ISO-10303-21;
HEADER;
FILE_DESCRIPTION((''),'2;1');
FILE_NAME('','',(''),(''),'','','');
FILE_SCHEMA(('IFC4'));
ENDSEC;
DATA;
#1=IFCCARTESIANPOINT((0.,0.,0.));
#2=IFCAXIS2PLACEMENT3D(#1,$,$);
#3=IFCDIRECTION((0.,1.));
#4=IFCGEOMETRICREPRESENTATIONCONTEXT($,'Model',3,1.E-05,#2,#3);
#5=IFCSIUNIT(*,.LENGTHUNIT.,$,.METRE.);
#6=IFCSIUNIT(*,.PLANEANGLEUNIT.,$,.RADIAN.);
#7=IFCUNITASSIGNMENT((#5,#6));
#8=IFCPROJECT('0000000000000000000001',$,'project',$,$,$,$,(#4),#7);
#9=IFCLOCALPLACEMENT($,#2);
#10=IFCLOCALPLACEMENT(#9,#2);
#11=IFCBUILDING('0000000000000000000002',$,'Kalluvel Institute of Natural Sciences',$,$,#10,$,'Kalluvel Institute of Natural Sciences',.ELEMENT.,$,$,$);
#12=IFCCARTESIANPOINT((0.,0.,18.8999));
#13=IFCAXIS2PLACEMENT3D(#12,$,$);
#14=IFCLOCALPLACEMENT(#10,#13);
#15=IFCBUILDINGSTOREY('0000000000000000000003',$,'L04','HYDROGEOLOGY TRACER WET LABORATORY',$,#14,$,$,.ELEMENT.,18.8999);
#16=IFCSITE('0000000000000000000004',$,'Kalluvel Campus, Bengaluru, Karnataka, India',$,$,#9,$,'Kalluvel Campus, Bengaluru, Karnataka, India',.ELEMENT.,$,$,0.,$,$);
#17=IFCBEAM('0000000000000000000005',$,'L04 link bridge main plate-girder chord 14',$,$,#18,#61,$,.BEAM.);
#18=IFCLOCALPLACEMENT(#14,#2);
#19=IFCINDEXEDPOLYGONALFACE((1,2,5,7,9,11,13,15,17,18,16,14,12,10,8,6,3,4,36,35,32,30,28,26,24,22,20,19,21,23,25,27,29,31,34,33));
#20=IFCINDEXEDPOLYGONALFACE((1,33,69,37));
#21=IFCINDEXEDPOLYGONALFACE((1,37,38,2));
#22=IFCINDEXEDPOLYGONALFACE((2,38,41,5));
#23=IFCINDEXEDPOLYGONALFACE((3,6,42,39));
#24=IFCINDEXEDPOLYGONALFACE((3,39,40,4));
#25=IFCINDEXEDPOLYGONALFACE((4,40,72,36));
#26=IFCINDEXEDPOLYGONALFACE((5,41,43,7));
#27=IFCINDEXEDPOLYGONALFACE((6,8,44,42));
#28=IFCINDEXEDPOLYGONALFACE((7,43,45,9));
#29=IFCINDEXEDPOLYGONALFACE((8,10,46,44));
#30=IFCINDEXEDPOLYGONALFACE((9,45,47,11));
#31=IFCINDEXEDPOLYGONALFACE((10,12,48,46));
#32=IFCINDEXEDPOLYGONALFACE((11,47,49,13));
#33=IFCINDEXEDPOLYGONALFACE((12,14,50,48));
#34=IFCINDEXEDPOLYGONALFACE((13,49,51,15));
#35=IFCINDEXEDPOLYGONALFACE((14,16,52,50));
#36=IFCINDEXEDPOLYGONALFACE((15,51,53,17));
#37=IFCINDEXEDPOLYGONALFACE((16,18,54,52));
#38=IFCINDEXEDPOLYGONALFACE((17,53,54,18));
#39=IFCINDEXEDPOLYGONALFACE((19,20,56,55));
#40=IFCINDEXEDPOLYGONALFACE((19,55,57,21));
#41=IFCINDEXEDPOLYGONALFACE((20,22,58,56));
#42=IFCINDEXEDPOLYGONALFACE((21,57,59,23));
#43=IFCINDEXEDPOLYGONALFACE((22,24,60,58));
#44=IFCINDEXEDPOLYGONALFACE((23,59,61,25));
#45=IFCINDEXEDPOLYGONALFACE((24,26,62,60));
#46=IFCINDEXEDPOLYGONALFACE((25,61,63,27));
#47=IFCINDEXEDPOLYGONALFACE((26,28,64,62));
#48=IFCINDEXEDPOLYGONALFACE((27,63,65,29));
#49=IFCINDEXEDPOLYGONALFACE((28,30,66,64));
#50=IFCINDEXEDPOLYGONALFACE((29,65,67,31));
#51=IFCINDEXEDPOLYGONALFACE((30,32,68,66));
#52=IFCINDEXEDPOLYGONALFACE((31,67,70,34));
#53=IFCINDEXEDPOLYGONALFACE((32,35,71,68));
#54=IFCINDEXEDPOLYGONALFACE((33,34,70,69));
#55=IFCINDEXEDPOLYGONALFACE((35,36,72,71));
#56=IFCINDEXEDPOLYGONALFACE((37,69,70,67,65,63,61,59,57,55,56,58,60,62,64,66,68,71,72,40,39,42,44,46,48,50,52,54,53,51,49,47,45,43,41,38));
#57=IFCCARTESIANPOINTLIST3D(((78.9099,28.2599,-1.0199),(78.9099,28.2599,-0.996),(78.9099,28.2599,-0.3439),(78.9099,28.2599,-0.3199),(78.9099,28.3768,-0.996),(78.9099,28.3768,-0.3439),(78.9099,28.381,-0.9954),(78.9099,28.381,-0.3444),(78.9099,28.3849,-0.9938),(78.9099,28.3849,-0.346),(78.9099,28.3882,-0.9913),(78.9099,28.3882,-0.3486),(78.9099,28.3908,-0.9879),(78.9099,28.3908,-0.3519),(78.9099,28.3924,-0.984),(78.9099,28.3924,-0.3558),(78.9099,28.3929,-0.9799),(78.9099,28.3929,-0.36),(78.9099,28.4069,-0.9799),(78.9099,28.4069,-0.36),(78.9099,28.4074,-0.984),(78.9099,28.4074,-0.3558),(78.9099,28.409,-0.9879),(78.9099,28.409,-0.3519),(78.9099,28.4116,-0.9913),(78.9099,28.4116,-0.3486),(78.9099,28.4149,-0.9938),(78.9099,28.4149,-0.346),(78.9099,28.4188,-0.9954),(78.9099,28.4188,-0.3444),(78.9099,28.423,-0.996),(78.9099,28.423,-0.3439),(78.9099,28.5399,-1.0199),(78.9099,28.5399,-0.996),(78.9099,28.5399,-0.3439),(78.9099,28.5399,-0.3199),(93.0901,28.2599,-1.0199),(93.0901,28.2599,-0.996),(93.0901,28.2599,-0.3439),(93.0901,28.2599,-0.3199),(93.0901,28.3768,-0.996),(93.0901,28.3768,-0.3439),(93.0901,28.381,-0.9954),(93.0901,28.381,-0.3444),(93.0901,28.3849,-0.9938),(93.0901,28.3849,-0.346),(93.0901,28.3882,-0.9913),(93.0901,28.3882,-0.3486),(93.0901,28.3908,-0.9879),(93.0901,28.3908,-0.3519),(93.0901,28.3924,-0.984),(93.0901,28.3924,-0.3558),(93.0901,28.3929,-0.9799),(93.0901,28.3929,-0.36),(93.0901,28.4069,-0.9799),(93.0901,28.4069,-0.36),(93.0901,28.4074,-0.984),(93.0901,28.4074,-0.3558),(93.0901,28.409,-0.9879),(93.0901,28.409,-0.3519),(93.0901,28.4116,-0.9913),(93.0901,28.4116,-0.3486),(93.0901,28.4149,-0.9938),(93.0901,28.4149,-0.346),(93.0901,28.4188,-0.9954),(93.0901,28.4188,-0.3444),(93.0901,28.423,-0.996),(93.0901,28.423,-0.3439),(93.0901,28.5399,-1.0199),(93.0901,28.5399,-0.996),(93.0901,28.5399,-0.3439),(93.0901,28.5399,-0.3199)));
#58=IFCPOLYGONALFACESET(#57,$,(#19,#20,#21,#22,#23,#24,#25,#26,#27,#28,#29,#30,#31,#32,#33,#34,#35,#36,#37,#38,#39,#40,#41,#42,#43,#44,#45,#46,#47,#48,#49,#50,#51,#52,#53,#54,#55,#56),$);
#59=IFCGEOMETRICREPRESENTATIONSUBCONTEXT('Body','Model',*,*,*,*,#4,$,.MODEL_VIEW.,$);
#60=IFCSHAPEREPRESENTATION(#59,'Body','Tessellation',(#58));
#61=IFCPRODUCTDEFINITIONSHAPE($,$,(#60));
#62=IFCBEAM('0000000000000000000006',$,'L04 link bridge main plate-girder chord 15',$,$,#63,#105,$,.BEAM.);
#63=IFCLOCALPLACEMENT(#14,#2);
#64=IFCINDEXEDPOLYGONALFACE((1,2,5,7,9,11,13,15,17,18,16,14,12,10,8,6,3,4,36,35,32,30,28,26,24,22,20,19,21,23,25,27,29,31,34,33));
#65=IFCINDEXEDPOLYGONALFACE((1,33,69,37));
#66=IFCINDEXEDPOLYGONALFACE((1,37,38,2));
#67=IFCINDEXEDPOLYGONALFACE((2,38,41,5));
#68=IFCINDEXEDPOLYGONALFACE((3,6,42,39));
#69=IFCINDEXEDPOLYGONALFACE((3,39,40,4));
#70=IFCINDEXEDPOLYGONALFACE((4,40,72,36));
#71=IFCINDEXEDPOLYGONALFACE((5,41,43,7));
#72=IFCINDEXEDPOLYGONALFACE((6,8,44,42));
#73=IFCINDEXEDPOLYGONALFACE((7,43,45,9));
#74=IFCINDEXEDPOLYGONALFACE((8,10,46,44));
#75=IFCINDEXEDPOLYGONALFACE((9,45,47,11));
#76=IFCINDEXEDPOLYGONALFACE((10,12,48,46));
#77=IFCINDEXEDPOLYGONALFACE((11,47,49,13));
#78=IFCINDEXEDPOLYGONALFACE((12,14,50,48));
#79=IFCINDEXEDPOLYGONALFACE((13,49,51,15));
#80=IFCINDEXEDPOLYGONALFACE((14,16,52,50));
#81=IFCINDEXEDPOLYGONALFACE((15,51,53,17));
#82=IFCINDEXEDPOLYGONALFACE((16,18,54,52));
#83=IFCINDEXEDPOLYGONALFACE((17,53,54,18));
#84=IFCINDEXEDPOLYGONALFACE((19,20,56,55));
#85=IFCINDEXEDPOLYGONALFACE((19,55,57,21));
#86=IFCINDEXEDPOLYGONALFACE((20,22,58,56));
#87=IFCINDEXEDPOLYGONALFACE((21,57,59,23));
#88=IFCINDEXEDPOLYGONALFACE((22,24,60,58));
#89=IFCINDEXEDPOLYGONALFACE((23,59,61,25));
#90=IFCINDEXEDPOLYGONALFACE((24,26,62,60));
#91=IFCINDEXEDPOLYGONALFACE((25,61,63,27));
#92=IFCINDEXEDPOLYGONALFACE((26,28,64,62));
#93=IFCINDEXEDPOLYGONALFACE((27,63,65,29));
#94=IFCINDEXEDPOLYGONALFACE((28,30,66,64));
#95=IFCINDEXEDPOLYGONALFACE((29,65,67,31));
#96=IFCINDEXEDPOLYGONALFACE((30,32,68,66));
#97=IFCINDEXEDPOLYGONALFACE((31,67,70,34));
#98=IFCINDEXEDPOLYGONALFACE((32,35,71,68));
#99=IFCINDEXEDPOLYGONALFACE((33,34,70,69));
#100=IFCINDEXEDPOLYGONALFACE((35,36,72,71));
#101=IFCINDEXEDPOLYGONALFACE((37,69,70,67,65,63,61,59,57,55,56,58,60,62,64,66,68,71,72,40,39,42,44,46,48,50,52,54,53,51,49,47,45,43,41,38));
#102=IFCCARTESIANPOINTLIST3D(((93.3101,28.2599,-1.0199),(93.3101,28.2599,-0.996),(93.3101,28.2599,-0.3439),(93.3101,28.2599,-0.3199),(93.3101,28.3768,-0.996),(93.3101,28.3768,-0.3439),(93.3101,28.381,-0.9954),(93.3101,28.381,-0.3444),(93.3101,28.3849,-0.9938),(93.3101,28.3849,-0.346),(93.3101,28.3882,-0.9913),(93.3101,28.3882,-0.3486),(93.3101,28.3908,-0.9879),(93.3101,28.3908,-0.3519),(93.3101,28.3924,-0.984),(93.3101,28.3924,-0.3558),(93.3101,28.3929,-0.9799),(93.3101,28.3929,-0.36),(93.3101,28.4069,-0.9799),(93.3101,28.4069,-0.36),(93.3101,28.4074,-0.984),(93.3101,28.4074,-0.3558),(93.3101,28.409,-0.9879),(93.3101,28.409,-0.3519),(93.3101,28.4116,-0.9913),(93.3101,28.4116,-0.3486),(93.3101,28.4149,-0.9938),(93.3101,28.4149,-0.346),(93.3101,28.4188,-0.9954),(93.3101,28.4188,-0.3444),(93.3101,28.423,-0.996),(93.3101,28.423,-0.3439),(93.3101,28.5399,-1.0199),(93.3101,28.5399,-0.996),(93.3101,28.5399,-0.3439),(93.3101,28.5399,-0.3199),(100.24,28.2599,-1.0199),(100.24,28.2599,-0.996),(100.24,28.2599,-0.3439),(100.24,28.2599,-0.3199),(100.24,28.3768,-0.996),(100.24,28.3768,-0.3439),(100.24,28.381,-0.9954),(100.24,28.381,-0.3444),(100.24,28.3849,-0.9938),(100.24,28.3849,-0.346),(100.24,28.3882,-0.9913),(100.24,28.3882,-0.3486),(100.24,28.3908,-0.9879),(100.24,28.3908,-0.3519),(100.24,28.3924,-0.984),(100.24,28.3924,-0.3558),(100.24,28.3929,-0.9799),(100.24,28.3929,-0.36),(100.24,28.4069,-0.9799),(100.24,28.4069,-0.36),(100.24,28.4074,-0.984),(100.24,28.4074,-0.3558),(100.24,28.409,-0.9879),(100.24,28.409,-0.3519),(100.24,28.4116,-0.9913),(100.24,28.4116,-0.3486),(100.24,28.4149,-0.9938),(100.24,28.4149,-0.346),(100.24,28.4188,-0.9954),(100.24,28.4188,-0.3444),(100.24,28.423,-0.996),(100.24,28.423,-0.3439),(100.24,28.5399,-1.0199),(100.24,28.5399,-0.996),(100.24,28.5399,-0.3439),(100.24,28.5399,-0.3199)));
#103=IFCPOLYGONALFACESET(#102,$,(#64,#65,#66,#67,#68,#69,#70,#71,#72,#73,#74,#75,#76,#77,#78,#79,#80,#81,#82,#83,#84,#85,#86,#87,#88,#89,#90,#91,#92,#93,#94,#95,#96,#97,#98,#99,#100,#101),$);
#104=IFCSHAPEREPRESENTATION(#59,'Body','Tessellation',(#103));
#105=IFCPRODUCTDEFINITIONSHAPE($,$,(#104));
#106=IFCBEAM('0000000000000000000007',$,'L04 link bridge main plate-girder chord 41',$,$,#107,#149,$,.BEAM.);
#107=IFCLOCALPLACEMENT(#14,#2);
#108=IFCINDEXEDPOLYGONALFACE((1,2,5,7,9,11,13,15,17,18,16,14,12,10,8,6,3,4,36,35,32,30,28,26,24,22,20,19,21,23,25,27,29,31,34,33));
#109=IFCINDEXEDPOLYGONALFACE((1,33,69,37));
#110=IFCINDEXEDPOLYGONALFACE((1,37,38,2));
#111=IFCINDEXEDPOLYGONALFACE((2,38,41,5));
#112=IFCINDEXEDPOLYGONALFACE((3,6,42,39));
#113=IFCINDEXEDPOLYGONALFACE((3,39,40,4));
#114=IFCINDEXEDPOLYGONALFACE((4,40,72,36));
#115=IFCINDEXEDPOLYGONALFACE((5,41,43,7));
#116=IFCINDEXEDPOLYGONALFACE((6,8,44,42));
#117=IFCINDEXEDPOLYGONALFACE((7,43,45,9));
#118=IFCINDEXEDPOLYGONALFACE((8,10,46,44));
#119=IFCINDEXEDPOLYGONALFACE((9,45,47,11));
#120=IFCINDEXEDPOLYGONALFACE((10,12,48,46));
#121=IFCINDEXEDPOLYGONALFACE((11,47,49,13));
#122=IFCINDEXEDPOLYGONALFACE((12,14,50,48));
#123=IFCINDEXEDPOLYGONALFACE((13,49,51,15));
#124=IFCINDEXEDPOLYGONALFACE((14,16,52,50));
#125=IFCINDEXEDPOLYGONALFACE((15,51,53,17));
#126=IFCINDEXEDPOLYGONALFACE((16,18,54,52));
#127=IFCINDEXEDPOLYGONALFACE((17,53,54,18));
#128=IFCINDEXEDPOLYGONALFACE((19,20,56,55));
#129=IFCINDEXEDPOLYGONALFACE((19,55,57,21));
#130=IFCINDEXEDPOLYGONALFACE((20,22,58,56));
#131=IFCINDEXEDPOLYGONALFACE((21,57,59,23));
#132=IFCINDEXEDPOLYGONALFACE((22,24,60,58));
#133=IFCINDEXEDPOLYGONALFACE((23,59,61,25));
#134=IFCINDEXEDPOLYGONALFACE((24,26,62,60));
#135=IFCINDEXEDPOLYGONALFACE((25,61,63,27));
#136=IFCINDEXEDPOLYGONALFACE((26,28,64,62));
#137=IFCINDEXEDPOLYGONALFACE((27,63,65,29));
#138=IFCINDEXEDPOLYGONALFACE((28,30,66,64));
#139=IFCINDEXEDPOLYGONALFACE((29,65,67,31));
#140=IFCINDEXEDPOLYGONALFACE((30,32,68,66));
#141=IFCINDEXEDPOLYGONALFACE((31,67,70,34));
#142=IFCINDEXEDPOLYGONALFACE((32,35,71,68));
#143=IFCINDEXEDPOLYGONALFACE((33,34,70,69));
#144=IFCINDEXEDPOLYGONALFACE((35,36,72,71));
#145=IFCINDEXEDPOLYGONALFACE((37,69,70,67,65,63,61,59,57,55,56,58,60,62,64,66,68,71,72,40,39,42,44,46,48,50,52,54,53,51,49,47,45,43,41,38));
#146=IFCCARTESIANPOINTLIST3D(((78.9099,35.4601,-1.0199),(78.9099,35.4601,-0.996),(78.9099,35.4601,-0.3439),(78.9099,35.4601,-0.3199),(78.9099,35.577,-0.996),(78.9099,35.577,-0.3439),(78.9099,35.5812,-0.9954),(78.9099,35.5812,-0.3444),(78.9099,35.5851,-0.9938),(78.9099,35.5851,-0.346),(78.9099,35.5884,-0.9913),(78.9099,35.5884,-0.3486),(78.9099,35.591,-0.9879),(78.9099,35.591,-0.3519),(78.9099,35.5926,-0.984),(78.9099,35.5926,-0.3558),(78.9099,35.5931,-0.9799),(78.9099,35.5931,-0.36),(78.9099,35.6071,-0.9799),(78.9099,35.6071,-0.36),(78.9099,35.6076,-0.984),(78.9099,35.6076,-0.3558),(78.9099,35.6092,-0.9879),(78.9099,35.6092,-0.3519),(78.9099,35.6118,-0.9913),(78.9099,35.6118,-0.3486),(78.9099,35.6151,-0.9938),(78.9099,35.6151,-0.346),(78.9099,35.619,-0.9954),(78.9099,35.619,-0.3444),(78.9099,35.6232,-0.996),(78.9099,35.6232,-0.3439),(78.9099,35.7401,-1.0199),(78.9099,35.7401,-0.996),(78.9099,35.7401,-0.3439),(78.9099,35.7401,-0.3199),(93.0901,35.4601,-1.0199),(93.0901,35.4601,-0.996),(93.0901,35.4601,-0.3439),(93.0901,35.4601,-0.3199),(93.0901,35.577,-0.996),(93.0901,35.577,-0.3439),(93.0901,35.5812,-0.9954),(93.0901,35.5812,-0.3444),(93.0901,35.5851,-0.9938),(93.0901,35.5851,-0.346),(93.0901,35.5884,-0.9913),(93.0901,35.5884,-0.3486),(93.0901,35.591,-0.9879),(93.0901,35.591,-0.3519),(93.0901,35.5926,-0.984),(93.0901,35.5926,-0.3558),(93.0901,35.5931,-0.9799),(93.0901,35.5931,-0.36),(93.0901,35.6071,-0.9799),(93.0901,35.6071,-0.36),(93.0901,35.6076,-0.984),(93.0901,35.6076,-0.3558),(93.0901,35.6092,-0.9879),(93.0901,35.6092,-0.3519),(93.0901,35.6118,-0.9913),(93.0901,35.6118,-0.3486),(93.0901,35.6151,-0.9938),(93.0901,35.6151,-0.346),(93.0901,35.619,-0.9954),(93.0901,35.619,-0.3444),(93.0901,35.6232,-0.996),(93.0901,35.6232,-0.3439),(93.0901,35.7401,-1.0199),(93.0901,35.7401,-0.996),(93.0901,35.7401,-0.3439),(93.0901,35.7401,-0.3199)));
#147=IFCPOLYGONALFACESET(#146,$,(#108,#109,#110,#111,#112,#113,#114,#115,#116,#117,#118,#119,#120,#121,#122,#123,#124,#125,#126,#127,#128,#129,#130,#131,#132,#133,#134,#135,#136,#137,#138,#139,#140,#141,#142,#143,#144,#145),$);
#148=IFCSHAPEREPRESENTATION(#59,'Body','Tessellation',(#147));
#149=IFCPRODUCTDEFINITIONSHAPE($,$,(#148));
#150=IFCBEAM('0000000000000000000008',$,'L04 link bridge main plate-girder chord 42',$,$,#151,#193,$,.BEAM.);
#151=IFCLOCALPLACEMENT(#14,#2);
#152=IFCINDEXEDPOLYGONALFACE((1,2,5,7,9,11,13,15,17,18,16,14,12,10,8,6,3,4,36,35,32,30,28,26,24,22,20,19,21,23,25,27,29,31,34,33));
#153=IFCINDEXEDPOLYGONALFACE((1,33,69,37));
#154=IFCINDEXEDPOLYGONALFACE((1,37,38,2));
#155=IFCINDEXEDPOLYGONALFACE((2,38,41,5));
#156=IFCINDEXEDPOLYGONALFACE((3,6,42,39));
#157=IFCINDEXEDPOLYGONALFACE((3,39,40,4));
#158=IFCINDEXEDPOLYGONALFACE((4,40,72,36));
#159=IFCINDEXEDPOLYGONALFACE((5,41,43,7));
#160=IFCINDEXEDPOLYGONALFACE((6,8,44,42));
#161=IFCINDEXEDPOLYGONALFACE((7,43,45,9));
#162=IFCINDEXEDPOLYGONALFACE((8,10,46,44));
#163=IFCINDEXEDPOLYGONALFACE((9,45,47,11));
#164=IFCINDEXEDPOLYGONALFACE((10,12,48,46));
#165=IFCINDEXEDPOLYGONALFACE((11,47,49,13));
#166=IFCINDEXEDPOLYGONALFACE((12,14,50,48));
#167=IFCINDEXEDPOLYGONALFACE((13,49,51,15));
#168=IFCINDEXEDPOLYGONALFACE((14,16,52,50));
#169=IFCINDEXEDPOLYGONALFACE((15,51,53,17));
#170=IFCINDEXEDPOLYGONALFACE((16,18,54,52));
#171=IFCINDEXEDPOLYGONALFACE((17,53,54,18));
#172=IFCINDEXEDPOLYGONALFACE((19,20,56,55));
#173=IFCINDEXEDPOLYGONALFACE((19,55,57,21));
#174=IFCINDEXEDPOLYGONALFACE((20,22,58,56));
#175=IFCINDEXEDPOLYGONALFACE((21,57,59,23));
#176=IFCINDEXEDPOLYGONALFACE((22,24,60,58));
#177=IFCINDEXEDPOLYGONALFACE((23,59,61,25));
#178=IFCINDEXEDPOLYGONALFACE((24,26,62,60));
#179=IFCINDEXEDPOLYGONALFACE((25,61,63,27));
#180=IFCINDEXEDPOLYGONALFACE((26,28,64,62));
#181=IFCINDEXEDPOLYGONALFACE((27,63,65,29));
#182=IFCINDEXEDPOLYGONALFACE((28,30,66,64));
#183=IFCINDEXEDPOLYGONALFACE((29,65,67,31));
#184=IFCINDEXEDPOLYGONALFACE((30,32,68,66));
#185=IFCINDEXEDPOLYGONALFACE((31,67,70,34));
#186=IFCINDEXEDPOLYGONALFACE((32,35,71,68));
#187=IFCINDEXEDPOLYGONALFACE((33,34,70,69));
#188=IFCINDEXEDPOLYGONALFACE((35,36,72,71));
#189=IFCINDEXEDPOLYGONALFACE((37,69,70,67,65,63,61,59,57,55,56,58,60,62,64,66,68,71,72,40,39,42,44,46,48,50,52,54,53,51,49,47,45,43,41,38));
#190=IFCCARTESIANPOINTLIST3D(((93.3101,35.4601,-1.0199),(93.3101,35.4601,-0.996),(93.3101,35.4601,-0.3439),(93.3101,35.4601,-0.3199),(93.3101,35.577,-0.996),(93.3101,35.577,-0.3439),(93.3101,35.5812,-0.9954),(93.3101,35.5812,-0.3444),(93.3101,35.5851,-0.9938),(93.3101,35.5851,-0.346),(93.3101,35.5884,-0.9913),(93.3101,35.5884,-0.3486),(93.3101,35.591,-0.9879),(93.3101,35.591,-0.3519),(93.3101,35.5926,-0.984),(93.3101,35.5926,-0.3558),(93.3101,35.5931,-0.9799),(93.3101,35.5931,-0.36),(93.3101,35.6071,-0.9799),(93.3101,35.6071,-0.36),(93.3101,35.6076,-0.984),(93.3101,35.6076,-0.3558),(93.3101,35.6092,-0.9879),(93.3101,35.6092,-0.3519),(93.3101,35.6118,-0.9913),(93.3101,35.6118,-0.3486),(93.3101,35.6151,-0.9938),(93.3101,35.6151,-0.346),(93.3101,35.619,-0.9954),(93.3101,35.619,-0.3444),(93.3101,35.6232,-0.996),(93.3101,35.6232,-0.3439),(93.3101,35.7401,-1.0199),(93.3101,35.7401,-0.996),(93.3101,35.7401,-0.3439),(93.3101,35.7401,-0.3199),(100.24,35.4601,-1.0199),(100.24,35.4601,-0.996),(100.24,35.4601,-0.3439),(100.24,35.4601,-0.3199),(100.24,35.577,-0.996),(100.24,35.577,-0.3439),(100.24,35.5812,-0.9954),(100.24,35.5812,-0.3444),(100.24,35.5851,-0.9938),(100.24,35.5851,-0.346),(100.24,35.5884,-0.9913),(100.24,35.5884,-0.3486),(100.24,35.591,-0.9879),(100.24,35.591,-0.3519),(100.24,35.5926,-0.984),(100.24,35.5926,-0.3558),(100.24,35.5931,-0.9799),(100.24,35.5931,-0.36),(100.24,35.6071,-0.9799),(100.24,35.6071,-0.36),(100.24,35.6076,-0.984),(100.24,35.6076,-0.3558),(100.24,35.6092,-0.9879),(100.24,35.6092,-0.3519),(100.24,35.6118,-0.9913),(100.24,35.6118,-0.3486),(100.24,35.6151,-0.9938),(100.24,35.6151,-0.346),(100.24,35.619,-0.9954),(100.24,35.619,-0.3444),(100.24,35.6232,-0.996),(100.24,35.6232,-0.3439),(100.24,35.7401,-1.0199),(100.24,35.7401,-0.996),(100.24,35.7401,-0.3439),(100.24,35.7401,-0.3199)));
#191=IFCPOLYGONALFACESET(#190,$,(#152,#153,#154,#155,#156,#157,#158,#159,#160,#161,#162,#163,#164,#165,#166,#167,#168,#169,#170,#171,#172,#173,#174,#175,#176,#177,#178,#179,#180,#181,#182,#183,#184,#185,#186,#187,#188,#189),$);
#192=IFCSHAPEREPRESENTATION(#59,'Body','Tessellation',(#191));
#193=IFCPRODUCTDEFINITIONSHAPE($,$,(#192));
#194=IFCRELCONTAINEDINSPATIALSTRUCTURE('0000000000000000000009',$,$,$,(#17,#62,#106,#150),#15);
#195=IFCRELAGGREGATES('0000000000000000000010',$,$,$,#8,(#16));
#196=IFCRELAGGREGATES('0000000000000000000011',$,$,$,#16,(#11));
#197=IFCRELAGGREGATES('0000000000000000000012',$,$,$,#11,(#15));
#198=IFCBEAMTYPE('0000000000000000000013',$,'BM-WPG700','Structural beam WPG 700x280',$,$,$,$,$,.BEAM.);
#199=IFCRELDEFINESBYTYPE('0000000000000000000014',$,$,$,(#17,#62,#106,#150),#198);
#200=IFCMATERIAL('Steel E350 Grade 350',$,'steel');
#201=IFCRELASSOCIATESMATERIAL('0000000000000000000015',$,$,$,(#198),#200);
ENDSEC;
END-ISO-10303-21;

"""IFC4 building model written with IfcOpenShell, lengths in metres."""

from ifc_helpers import new_model, si_unit, direction, frame, origin, origin_2d, place, context, subcontext, project, spatial, i_section, extrude, material, material_profile, profile_set, type_object, element, save


model = new_model("IFC4")

# Units and contexts
model_context = context("Model", 3, precision=1e-05, world=origin(), true_north=direction((0.0, 1.0)))
body_context = subcontext(model_context, "Body", "Model", "MODEL_VIEW")
ifc_project = project(units=[si_unit("LENGTHUNIT", "METRE"), si_unit("PLANEANGLEUNIT", "RADIAN")], contexts=[model_context])

# Site, building, storey
site_placement = place(None, origin())
site = spatial("IfcSite", under=ifc_project, at=site_placement, Name="Kalluvel Campus, Bengaluru, Karnataka, India", LongName="Kalluvel Campus, Bengaluru, Karnataka, India", CompositionType="ELEMENT", RefElevation=0.0)
building_placement = place(site_placement, origin())
building = spatial("IfcBuilding", under=site, at=building_placement, Name="Kalluvel Institute of Natural Sciences", LongName="Kalluvel Institute of Natural Sciences", CompositionType="ELEMENT")
storey_placement = place(building_placement, frame((0.0, 0.0, 18.8999)))
storey = spatial("IfcBuildingStorey", under=building, at=storey_placement, Name="L04", Description="HYDROGEOLOGY TRACER WET LABORATORY", CompositionType="ELEMENT", Elevation=18.8999)

# Beams
ifc_material_1 = material(Name="Steel E350 Grade 350", Category="steel")
ifc_material_profile_1 = material_profile(ifc_material_1, i_section(OverallWidth=0.28, OverallDepth=0.7, WebThickness=0.0139, FlangeThickness=0.0239, FilletRadius=0.0161, at=origin_2d()), Name="WPG 700x280")
ifc_profile_set_1 = profile_set([ifc_material_profile_1], Name="Steel E350 Grade 350")
beam_type_1 = type_object("IfcBeamType", Name="BM-WPG700", Description="Structural beam WPG 700x280", PredefinedType="BEAM", material=ifc_profile_set_1)
beam_1_placement = place(storey_placement, frame((78.9099, 28.3999, -0.6699), z_axis=(1.0, 0.0, 0.0), x_axis=(0.0, 1.0, 0.0)))
element("IfcBeam", 1, at=beam_1_placement, inside=storey, type_object=beam_type_1, Name="L04 link bridge main plate-girder chord 14", PredefinedType="BEAM", context=body_context, shape_type="SweptSolid", body=[
    extrude(i_section(OverallWidth=0.28, OverallDepth=0.7, WebThickness=0.0139, FlangeThickness=0.0239, FilletRadius=0.0161, at=origin_2d()), origin(), (0.0, 0.0, 1.0), 14.1802),
])
beam_2_placement = place(storey_placement, frame((93.3101, 28.3999, -0.6699), z_axis=(1.0, 0.0, 0.0), x_axis=(0.0, 1.0, 0.0)))
element("IfcBeam", 2, at=beam_2_placement, inside=storey, type_object=beam_type_1, Name="L04 link bridge main plate-girder chord 15", PredefinedType="BEAM", context=body_context, shape_type="SweptSolid", body=[
    extrude(i_section(OverallWidth=0.28, OverallDepth=0.7, WebThickness=0.0139, FlangeThickness=0.0239, FilletRadius=0.0161, at=origin_2d()), origin(), (0.0, 0.0, 1.0), 6.9299),
])
beam_3_placement = place(storey_placement, frame((78.9099, 35.6001, -0.6699), z_axis=(1.0, 0.0, 0.0), x_axis=(0.0, 1.0, 0.0)))
element("IfcBeam", 3, at=beam_3_placement, inside=storey, type_object=beam_type_1, Name="L04 link bridge main plate-girder chord 41", PredefinedType="BEAM", context=body_context, shape_type="SweptSolid", body=[
    extrude(i_section(OverallWidth=0.28, OverallDepth=0.7, WebThickness=0.0139, FlangeThickness=0.0239, FilletRadius=0.0161, at=origin_2d()), origin(), (0.0, 0.0, 1.0), 14.1802),
])
beam_4_placement = place(storey_placement, frame((93.3101, 35.6001, -0.6699), z_axis=(1.0, 0.0, 0.0), x_axis=(0.0, 1.0, 0.0)))
element("IfcBeam", 4, at=beam_4_placement, inside=storey, type_object=beam_type_1, Name="L04 link bridge main plate-girder chord 42", PredefinedType="BEAM", context=body_context, shape_type="SweptSolid", body=[
    extrude(i_section(OverallWidth=0.28, OverallDepth=0.7, WebThickness=0.0139, FlangeThickness=0.0239, FilletRadius=0.0161, at=origin_2d()), origin(), (0.0, 0.0, 1.0), 6.9299),
])

save(model, "model.ifc")
